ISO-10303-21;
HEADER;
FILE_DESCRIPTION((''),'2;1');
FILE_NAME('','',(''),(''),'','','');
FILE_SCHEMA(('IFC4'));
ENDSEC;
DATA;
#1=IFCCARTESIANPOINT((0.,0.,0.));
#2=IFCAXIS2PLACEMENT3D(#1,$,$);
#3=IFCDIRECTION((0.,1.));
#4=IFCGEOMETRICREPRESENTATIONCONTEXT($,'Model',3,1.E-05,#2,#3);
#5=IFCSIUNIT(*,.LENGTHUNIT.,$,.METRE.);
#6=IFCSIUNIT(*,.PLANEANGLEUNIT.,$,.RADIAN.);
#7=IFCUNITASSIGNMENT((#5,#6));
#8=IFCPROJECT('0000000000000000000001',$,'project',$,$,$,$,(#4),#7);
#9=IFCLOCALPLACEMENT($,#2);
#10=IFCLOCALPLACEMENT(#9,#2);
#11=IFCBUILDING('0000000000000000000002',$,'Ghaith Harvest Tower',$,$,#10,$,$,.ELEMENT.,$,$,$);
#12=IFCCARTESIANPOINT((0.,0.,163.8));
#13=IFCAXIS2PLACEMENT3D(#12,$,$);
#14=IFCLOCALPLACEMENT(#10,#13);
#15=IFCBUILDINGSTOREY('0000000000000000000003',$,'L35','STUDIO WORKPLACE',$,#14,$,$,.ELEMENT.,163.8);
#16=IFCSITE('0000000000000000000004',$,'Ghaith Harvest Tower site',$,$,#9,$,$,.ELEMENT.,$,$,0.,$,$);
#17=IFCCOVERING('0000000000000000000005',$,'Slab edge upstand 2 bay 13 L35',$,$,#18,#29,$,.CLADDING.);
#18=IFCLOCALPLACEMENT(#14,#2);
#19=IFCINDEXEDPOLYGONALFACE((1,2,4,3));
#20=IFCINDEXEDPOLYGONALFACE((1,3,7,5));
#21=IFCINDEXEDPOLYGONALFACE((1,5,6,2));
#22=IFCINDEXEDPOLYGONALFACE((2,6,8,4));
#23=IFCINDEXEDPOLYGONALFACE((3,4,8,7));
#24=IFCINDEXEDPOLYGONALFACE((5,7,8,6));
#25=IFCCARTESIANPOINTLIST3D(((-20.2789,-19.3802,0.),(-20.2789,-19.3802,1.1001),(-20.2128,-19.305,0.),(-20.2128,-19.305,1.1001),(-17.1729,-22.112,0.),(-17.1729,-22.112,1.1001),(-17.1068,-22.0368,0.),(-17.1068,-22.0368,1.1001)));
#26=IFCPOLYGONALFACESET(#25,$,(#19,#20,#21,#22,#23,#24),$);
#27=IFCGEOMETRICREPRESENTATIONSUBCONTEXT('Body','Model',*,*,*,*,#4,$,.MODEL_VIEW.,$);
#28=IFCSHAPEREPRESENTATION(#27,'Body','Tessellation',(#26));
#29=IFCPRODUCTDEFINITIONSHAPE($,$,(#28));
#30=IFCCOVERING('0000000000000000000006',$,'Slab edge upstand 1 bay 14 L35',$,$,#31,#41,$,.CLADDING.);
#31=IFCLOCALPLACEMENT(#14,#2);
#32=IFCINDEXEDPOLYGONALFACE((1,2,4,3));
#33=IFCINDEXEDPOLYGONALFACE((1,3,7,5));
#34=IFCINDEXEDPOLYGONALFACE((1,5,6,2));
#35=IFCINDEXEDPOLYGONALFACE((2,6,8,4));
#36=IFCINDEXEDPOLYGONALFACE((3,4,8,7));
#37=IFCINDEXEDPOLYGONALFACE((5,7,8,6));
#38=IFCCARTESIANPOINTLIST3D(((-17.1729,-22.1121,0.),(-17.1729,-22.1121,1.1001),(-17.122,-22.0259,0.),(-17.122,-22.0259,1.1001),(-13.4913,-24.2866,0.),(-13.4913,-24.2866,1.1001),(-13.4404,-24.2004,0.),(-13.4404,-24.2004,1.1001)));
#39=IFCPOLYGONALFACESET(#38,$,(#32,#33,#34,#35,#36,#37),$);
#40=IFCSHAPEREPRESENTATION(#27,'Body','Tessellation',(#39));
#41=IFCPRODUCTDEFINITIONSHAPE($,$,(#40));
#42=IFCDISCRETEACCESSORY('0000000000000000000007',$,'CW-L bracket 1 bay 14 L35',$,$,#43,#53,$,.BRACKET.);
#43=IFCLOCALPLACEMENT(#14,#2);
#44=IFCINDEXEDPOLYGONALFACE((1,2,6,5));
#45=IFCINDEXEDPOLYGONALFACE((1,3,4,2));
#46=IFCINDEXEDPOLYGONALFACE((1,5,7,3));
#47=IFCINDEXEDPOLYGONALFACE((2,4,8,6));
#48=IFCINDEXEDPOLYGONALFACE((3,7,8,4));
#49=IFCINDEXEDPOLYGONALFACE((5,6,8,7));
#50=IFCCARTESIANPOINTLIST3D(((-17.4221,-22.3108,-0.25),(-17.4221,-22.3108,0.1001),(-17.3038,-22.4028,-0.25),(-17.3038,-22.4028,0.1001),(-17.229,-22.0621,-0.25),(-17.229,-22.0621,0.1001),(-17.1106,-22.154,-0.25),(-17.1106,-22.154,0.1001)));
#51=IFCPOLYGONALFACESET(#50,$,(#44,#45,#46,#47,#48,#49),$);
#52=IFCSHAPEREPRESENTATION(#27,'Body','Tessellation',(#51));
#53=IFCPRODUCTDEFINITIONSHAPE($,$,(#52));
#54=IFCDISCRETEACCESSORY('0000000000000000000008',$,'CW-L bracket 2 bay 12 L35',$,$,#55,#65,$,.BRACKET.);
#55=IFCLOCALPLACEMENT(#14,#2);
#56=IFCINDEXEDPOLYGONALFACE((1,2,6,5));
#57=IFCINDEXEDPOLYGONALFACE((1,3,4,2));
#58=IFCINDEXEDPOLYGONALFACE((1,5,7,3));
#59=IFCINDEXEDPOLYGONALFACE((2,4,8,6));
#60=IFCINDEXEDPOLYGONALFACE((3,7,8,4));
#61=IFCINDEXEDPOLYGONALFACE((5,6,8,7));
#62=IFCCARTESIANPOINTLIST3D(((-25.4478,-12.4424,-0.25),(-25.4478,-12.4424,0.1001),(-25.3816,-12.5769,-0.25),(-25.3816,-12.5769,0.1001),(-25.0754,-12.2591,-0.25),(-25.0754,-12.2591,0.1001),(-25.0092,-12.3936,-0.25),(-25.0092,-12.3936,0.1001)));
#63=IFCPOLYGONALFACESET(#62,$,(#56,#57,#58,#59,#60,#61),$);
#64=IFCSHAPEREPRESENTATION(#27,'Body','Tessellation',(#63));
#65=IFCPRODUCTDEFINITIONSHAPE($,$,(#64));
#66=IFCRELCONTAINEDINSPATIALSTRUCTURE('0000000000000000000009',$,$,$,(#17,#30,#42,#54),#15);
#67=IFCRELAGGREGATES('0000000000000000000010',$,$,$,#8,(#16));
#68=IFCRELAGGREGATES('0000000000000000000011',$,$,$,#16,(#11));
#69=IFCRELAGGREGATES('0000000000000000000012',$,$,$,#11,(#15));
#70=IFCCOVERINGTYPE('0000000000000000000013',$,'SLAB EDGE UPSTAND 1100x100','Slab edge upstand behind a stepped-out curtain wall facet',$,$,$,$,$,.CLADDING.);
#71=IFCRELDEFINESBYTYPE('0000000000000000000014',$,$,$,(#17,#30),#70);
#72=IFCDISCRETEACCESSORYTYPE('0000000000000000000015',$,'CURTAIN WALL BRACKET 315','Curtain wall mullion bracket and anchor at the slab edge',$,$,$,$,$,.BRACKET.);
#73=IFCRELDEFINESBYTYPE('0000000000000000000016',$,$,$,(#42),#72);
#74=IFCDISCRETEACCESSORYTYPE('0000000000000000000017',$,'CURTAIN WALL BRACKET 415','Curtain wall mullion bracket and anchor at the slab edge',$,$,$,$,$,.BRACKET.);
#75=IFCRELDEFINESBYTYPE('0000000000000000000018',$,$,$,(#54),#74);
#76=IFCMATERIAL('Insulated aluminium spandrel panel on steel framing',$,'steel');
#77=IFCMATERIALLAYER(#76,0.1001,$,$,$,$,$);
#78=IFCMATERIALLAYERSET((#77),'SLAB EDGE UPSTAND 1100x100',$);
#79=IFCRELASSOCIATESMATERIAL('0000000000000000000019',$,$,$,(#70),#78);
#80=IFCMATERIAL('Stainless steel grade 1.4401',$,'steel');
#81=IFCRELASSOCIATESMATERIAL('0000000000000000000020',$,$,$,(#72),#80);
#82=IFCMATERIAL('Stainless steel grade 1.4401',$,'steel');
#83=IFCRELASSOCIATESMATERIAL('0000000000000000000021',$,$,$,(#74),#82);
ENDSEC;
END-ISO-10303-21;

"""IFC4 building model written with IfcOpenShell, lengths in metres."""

from ifc_helpers import new_model, si_unit, direction, frame, origin, origin_2d, place, context, subcontext, project, spatial, rectangle, extrude, material, layer, layer_set, type_object, element, save


model = new_model("IFC4")

# Units and contexts
model_context = context("Model", 3, precision=1e-05, world=origin(), true_north=direction((0.0, 1.0)))
body_context = subcontext(model_context, "Body", "Model", "MODEL_VIEW")
ifc_project = project(units=[si_unit("LENGTHUNIT", "METRE"), si_unit("PLANEANGLEUNIT", "RADIAN")], contexts=[model_context])

# Site, building, storey
site_placement = place(None, origin())
site = spatial("IfcSite", under=ifc_project, at=site_placement, Name="Ghaith Harvest Tower site", CompositionType="ELEMENT", RefElevation=0.0)
building_placement = place(site_placement, origin())
building = spatial("IfcBuilding", under=site, at=building_placement, Name="Ghaith Harvest Tower", CompositionType="ELEMENT")
storey_placement = place(building_placement, frame((0.0, 0.0, 163.8)))
storey = spatial("IfcBuildingStorey", under=building, at=storey_placement, Name="L35", Description="STUDIO WORKPLACE", CompositionType="ELEMENT", Elevation=163.8)

# Coverings
ifc_material_1 = material(Name="Insulated aluminium spandrel panel on steel framing", Category="steel")
ifc_layer_1 = layer(ifc_material_1, 0.1001)
ifc_layer_set_1 = layer_set([ifc_layer_1], Name="SLAB EDGE UPSTAND 1100x100")
covering_type = type_object("IfcCoveringType", Name="SLAB EDGE UPSTAND 1100x100", Description="Slab edge upstand behind a stepped-out curtain wall facet", PredefinedType="CLADDING", material=ifc_layer_set_1)
covering_1_placement = place(storey_placement, frame((-18.6929, -20.7085, 0.0), z_axis=(0.0, 0.0, 1.0), x_axis=(0.750892, -0.660425, 0.0)))
element("IfcCovering", 1, at=covering_1_placement, inside=storey, type_object=covering_type, Name="Slab edge upstand 2 bay 13 L35", PredefinedType="CLADDING", context=body_context, shape_type="SweptSolid", body=[
    extrude(rectangle(XDim=4.1365, YDim=0.1001, at=origin_2d()), origin(), (0.0, 0.0, 1.0), 1.1001),
])
covering_2_placement = place(storey_placement, frame((-15.3066, -23.1562, 0.0), z_axis=(0.0, 0.0, 1.0), x_axis=(0.861021, -0.50857, 0.0)))
element("IfcCovering", 2, at=covering_2_placement, inside=storey, type_object=covering_type, Name="Slab edge upstand 1 bay 14 L35", PredefinedType="CLADDING", context=body_context, shape_type="SweptSolid", body=[
    extrude(rectangle(XDim=4.2759, YDim=0.1001, at=origin_2d()), origin(), (0.0, 0.0, 1.0), 1.1001),
])

# Discrete accessories
ifc_material_2 = material(Name="Stainless steel grade 1.4401", Category="steel")
discrete_accessory_type_1 = type_object("IfcDiscreteAccessoryType", Name="CURTAIN WALL BRACKET 315", Description="Curtain wall mullion bracket and anchor at the slab edge", PredefinedType="BRACKET", material=ifc_material_2)
discrete_accessory_1_placement = place(storey_placement, frame((-17.2664, -22.2324, -0.25), z_axis=(0.0, 0.0, 1.0), x_axis=(-0.613378, -0.78979, 0.0)))
element("IfcDiscreteAccessory", 3, at=discrete_accessory_1_placement, inside=storey, type_object=discrete_accessory_type_1, Name="CW-L bracket 1 bay 14 L35", PredefinedType="BRACKET", context=body_context, shape_type="SweptSolid", body=[
    extrude(rectangle(XDim=0.3149, YDim=0.1499, at=origin_2d()), origin(), (0.0, 0.0, 1.0), 0.3501),
])
ifc_material_3 = material(Name="Stainless steel grade 1.4401", Category="steel")
discrete_accessory_type_2 = type_object("IfcDiscreteAccessoryType", Name="CURTAIN WALL BRACKET 415", Description="Curtain wall mullion bracket and anchor at the slab edge", PredefinedType="BRACKET", material=ifc_material_3)
discrete_accessory_2_placement = place(storey_placement, frame((-25.2285, -12.418, -0.25), z_axis=(0.0, 0.0, 1.0), x_axis=(-0.897201, -0.441622, 0.0)))
element("IfcDiscreteAccessory", 4, at=discrete_accessory_2_placement, inside=storey, type_object=discrete_accessory_type_2, Name="CW-L bracket 2 bay 12 L35", PredefinedType="BRACKET", context=body_context, shape_type="SweptSolid", body=[
    extrude(rectangle(XDim=0.415, YDim=0.1499, at=origin_2d()), origin(), (0.0, 0.0, 1.0), 0.3501),
])

save(model, "model.ifc")
